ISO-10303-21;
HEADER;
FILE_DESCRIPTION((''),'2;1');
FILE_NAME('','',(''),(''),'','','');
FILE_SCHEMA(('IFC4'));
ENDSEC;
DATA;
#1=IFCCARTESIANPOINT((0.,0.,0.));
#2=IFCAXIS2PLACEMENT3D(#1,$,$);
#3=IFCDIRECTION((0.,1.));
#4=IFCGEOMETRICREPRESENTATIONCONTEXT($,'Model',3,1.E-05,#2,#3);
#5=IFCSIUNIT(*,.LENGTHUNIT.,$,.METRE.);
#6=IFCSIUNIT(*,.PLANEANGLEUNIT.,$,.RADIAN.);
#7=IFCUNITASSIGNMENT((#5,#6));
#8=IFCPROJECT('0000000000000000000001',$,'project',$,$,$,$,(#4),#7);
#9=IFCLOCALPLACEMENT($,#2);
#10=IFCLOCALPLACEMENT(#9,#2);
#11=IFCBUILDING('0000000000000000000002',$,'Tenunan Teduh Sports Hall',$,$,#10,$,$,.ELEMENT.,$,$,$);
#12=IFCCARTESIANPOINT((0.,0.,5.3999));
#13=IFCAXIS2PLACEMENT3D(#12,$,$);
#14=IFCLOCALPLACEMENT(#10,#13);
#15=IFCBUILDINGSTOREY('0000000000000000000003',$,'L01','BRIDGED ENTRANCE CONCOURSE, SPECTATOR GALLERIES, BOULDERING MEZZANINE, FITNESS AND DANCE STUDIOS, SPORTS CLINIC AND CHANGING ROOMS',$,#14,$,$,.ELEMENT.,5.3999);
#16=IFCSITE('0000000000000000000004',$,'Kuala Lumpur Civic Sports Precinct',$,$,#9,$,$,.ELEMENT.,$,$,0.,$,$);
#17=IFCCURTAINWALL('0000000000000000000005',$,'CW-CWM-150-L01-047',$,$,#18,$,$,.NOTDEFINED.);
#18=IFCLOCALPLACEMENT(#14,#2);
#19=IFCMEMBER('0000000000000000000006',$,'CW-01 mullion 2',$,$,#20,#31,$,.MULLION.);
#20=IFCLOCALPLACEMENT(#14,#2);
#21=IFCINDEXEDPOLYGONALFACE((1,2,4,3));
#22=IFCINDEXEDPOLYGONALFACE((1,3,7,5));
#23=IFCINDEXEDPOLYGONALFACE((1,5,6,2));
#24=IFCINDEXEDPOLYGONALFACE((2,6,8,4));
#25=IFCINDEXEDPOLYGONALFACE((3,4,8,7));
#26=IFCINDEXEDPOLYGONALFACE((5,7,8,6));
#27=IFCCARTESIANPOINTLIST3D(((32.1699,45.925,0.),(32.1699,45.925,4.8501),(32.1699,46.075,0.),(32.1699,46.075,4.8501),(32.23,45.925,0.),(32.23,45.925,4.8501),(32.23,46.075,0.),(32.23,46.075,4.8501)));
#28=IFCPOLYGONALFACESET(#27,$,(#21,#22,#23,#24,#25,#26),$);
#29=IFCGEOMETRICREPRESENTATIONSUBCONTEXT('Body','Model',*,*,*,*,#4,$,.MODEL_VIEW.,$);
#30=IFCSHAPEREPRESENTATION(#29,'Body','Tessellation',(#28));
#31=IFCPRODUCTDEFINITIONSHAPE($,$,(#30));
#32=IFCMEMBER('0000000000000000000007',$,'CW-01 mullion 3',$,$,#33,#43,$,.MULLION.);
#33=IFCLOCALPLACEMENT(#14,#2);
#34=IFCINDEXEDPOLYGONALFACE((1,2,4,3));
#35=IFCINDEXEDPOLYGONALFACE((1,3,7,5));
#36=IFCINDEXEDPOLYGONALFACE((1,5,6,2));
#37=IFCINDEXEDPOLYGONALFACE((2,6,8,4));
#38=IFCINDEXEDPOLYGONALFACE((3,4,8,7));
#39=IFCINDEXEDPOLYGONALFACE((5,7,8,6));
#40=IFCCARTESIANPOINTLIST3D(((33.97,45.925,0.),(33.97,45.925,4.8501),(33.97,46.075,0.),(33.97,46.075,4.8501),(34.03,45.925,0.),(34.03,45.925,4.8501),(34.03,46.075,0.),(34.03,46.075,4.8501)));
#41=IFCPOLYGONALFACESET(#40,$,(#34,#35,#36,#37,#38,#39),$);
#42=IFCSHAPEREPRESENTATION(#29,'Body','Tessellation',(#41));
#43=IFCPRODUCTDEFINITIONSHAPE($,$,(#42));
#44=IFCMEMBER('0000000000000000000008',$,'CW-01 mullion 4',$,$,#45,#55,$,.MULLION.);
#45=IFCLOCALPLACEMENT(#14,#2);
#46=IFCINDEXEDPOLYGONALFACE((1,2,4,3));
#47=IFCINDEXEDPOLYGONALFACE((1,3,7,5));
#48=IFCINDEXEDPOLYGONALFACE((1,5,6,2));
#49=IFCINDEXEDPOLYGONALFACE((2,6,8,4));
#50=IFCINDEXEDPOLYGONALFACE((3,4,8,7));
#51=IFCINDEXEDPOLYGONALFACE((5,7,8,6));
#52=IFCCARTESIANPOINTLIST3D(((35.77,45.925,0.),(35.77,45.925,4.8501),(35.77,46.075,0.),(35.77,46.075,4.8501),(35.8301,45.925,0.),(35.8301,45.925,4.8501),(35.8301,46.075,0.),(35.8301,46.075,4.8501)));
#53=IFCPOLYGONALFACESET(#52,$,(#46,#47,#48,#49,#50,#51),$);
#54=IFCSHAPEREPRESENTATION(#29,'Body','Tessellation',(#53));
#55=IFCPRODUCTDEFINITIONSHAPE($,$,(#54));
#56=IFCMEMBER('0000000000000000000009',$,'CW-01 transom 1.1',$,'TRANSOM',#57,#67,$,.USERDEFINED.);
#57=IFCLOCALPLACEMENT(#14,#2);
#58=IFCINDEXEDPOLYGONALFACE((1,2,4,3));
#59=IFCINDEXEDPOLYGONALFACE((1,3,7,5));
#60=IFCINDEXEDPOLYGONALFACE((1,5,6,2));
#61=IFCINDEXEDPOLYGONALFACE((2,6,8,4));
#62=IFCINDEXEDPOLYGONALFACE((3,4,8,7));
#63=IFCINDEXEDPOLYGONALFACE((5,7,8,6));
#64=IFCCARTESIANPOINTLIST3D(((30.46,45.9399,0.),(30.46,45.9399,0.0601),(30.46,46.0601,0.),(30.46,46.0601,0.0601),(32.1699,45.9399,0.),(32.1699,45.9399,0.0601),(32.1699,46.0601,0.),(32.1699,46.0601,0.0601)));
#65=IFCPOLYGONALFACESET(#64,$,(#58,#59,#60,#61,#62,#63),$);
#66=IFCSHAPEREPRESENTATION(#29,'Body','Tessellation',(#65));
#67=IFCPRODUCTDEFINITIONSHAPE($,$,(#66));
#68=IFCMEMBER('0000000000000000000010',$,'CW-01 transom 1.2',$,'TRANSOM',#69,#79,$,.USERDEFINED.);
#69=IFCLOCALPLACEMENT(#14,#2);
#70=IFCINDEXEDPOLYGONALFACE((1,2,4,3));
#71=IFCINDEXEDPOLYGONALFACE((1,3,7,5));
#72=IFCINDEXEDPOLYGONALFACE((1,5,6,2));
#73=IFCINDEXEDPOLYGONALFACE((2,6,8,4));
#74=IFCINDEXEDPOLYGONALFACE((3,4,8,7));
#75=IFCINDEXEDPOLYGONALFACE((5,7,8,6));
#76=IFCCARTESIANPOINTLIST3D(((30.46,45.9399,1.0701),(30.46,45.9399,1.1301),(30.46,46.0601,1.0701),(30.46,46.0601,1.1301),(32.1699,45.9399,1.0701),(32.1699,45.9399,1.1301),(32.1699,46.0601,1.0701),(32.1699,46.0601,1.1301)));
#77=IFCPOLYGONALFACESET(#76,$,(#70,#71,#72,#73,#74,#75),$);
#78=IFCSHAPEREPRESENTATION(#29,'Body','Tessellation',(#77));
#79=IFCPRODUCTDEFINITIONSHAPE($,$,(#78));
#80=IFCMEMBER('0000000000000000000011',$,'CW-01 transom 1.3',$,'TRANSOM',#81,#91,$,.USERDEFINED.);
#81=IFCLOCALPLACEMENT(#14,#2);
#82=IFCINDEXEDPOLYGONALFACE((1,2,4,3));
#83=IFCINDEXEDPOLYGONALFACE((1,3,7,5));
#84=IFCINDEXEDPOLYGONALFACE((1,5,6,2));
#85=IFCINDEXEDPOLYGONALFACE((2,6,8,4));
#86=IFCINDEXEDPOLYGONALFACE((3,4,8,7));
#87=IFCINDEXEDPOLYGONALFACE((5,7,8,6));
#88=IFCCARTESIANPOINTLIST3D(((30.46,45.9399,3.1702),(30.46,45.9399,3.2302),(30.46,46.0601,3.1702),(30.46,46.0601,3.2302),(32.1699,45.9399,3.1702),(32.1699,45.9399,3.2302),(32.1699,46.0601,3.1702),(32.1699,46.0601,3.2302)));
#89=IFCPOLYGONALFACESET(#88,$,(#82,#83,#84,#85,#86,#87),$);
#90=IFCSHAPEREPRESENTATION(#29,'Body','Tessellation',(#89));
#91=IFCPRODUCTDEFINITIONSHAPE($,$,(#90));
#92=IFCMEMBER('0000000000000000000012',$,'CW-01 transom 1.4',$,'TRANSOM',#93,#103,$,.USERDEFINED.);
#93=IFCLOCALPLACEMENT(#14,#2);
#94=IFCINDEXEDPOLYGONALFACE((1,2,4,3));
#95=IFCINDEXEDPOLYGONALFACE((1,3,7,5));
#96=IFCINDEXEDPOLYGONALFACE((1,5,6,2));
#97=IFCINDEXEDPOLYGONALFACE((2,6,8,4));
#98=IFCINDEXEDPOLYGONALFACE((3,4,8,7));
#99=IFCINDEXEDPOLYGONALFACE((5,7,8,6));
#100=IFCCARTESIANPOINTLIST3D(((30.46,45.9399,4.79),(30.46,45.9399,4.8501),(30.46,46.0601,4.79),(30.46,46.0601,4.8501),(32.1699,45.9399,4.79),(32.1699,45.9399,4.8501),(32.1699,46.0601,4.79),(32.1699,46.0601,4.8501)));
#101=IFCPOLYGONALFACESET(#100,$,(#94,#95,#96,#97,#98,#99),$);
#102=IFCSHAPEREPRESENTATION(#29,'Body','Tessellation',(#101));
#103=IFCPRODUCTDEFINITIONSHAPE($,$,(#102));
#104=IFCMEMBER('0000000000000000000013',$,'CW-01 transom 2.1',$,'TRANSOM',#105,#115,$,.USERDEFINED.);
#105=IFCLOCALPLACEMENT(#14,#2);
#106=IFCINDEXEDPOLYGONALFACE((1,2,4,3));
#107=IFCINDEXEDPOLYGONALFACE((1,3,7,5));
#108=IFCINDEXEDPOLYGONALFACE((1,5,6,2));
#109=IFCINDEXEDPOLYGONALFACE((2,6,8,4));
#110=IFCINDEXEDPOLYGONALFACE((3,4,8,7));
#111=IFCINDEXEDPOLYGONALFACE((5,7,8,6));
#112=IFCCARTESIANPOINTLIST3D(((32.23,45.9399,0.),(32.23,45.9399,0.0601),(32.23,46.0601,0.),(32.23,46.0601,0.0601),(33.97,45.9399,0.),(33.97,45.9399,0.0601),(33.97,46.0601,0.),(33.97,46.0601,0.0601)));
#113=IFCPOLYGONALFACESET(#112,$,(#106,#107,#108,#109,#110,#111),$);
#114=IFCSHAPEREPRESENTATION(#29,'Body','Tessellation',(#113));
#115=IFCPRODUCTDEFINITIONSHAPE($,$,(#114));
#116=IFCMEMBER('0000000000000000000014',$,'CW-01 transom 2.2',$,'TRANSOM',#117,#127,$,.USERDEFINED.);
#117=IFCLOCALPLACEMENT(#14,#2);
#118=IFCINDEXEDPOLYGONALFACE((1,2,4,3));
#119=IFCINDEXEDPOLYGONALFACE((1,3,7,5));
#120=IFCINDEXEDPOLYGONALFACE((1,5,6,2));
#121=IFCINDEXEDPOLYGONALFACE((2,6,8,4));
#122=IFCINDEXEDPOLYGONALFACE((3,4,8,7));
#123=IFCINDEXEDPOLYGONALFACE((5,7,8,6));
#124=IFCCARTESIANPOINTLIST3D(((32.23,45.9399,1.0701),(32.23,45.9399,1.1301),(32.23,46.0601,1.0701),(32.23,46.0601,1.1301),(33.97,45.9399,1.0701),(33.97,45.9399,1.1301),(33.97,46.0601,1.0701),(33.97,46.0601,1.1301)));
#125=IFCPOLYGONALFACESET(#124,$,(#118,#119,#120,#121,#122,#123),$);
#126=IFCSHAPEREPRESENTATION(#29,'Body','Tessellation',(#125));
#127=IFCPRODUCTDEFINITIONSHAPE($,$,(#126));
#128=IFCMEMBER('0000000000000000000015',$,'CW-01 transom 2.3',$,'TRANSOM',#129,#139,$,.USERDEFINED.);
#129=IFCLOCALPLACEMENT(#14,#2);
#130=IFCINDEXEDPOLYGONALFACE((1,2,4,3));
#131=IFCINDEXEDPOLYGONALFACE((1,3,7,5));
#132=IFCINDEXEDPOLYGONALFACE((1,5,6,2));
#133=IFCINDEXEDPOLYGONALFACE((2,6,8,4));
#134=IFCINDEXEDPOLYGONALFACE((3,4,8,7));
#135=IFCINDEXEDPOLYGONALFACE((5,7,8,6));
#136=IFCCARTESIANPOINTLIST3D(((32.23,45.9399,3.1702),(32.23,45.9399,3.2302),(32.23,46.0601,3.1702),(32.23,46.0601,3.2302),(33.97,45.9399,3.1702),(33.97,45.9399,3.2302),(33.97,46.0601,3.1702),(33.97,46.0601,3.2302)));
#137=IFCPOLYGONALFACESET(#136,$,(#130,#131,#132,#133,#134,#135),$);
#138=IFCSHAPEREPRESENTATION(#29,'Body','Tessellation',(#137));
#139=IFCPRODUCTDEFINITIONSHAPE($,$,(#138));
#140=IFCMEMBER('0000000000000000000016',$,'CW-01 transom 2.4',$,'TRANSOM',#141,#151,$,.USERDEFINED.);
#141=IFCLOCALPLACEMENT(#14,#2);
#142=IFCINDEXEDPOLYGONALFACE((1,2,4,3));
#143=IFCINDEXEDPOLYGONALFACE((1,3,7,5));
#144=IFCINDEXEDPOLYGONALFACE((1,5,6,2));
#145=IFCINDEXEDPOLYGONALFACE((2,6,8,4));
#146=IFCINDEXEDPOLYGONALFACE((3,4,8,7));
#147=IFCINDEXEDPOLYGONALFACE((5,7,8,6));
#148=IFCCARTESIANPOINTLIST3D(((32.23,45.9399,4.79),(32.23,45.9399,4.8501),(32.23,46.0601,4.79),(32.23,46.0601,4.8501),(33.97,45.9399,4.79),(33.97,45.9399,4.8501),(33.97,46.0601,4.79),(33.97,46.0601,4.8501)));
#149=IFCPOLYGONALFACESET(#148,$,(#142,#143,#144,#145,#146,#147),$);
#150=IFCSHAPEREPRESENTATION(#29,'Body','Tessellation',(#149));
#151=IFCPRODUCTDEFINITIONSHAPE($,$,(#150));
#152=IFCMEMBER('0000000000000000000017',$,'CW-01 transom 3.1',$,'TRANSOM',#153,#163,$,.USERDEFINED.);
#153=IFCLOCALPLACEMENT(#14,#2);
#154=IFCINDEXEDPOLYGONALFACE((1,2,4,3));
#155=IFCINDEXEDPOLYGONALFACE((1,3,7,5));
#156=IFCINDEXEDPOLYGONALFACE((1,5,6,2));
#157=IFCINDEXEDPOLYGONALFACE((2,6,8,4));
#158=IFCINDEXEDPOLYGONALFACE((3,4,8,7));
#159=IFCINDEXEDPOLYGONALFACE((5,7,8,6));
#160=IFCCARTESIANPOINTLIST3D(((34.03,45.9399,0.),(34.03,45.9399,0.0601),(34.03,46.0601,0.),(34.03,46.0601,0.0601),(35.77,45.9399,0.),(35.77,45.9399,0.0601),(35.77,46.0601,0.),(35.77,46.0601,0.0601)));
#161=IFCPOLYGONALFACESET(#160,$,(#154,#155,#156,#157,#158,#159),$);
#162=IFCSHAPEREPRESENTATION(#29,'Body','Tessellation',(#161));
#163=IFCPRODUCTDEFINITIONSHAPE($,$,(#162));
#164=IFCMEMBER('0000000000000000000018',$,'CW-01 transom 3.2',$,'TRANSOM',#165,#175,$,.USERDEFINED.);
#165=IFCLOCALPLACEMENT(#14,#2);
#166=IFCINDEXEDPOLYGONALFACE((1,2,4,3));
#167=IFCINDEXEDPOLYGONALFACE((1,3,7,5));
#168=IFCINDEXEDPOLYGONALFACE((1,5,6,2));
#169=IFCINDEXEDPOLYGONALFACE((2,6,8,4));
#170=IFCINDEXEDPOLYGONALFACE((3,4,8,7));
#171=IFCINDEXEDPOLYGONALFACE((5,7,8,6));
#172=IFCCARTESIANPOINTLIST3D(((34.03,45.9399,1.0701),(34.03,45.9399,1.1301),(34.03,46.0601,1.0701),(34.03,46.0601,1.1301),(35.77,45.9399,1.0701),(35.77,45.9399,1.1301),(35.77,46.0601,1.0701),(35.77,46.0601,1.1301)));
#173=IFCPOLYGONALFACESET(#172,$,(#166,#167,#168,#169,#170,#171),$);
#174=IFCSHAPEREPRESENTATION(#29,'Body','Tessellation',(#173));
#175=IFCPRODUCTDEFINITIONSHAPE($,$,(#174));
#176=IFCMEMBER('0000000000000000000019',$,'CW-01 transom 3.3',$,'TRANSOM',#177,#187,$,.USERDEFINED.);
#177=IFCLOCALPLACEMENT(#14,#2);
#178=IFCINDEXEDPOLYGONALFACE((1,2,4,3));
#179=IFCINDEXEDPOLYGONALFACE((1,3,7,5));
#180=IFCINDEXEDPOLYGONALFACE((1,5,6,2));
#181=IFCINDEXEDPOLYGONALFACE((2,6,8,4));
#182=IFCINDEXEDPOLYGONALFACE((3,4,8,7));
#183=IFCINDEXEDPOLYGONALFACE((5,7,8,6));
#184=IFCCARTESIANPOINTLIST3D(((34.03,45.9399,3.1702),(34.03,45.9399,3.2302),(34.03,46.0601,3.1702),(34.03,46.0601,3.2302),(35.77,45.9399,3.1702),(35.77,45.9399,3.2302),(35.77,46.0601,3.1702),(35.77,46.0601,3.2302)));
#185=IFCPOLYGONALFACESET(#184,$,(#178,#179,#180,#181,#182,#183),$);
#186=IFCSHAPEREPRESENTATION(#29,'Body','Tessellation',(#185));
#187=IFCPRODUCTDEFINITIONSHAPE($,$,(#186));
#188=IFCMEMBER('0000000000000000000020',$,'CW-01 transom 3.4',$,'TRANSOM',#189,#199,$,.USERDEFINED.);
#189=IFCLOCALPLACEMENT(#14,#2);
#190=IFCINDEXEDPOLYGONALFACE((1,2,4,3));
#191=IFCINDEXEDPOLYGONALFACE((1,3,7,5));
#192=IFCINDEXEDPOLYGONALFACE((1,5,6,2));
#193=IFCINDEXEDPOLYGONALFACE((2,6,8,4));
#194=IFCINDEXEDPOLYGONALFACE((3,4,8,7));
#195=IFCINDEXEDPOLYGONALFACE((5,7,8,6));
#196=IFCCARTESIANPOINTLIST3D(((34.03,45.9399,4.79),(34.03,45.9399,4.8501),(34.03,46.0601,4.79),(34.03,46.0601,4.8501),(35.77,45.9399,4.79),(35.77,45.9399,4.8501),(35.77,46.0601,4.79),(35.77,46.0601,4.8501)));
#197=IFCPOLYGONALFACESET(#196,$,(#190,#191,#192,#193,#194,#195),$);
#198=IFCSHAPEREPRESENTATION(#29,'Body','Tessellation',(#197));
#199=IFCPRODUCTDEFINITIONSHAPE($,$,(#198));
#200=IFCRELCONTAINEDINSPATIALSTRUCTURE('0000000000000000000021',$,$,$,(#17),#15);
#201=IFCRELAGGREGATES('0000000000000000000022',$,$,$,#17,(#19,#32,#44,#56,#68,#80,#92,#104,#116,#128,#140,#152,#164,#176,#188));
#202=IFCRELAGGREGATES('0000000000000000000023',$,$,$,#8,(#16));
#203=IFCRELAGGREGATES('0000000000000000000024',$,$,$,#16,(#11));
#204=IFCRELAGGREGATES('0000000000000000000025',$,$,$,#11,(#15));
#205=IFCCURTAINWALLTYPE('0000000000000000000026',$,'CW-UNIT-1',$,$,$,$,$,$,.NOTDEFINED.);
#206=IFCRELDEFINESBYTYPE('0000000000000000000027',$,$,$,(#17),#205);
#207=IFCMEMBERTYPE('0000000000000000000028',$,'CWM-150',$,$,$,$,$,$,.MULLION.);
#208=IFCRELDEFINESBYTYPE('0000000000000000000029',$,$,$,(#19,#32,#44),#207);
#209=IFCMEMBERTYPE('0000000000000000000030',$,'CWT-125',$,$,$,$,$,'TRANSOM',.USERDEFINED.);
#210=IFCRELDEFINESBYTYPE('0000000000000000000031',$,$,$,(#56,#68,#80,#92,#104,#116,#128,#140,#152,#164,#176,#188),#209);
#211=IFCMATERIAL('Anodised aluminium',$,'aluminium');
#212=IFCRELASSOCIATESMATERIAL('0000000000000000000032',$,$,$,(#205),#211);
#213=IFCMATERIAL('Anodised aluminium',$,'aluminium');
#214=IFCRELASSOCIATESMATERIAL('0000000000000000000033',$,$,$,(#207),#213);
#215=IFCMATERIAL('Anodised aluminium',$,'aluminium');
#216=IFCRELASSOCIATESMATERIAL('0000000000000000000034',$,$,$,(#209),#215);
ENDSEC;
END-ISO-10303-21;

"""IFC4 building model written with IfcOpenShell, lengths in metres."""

from ifc_helpers import new_model, si_unit, direction, frame, origin, origin_2d, place, context, subcontext, project, spatial, rectangle, extrude, material, material_profile, profile_set, type_object, element, aggregate, save


model = new_model("IFC4")

# Units and contexts
model_context = context("Model", 3, precision=1e-05, world=origin(), true_north=direction((0.0, 1.0)))
body_context = subcontext(model_context, "Body", "Model", "MODEL_VIEW")
ifc_project = project(units=[si_unit("LENGTHUNIT", "METRE"), si_unit("PLANEANGLEUNIT", "RADIAN")], contexts=[model_context])

# Site, building, storey
site_placement = place(None, origin())
site = spatial("IfcSite", under=ifc_project, at=site_placement, Name="Kuala Lumpur Civic Sports Precinct", CompositionType="ELEMENT", RefElevation=0.0)
building_placement = place(site_placement, origin())
building = spatial("IfcBuilding", under=site, at=building_placement, Name="Tenunan Teduh Sports Hall", CompositionType="ELEMENT")
storey_placement = place(building_placement, frame((0.0, 0.0, 5.3999)))
storey = spatial("IfcBuildingStorey", under=building, at=storey_placement, Name="L01", Description="BRIDGED ENTRANCE CONCOURSE, SPECTATOR GALLERIES, BOULDERING MEZZANINE, FITNESS AND DANCE STUDIOS, SPORTS CLINIC AND CHANGING ROOMS", CompositionType="ELEMENT", Elevation=5.3999)

# Curtain wall, members
ifc_material_1 = material(Name="Anodised aluminium", Category="aluminium")
curtain_wall_type = type_object("IfcCurtainWallType", Name="CW-UNIT-1", PredefinedType="NOTDEFINED", material=ifc_material_1)
curtain_wall_placement = place(storey_placement, origin())
curtain_wall = element("IfcCurtainWall", 1, at=curtain_wall_placement, inside=storey, type_object=curtain_wall_type, Name="CW-CWM-150-L01-047", PredefinedType="NOTDEFINED")
ifc_material_2 = material(Name="Anodised aluminium", Category="aluminium")
ifc_material_profile_1 = material_profile(ifc_material_2, rectangle(XDim=0.0601, YDim=0.1499, at=origin_2d()), Name="CWM 60x150")
ifc_profile_set_1 = profile_set([ifc_material_profile_1], Name="Anodised aluminium")
member_type_1 = type_object("IfcMemberType", Name="CWM-150", PredefinedType="MULLION", material=ifc_profile_set_1)
member_1_placement = place(storey_placement, frame((32.2, 46.0, 0.0), z_axis=(0.0, 0.0, 1.0), x_axis=(1.0, 0.0, 0.0)))
member_1 = element("IfcMember", 2, at=member_1_placement, type_object=member_type_1, Name="CW-01 mullion 2", PredefinedType="MULLION", context=body_context, shape_type="SweptSolid", body=[
    extrude(rectangle(XDim=0.0601, YDim=0.1499, at=origin_2d()), origin(), (0.0, 0.0, 1.0), 4.8501),
])
member_2_placement = place(storey_placement, frame((34.0, 46.0, 0.0), z_axis=(0.0, 0.0, 1.0), x_axis=(1.0, 0.0, 0.0)))
member_2 = element("IfcMember", 3, at=member_2_placement, type_object=member_type_1, Name="CW-01 mullion 3", PredefinedType="MULLION", context=body_context, shape_type="SweptSolid", body=[
    extrude(rectangle(XDim=0.0601, YDim=0.1499, at=origin_2d()), origin(), (0.0, 0.0, 1.0), 4.8501),
])
member_3_placement = place(storey_placement, frame((35.8, 46.0, 0.0), z_axis=(0.0, 0.0, 1.0), x_axis=(1.0, 0.0, 0.0)))
member_3 = element("IfcMember", 4, at=member_3_placement, type_object=member_type_1, Name="CW-01 mullion 4", PredefinedType="MULLION", context=body_context, shape_type="SweptSolid", body=[
    extrude(rectangle(XDim=0.0601, YDim=0.1499, at=origin_2d()), origin(), (0.0, 0.0, 1.0), 4.8501),
])
ifc_material_3 = material(Name="Anodised aluminium", Category="aluminium")
ifc_material_profile_2 = material_profile(ifc_material_3, rectangle(XDim=0.0601, YDim=0.1201, at=origin_2d()), Name="CWT 60x120")
ifc_profile_set_2 = profile_set([ifc_material_profile_2], Name="Anodised aluminium")
member_type_2 = type_object("IfcMemberType", Name="CWT-125", ElementType="TRANSOM", PredefinedType="USERDEFINED", material=ifc_profile_set_2)
member_4_placement = place(storey_placement, frame((30.46, 46.0, 0.03), z_axis=(1.0, 0.0, 0.0), x_axis=(0.0, 0.0, 1.0)))
member_4 = element("IfcMember", 5, at=member_4_placement, type_object=member_type_2, Name="CW-01 transom 1.1", ObjectType="TRANSOM", PredefinedType="USERDEFINED", context=body_context, shape_type="SweptSolid", body=[
    extrude(rectangle(XDim=0.0601, YDim=0.1201, at=origin_2d()), origin(), (0.0, 0.0, 1.0), 1.71),
])
member_5_placement = place(storey_placement, frame((30.46, 46.0, 1.1001), z_axis=(1.0, 0.0, 0.0), x_axis=(0.0, 0.0, 1.0)))
member_5 = element("IfcMember", 6, at=member_5_placement, type_object=member_type_2, Name="CW-01 transom 1.2", ObjectType="TRANSOM", PredefinedType="USERDEFINED", context=body_context, shape_type="SweptSolid", body=[
    extrude(rectangle(XDim=0.0601, YDim=0.1201, at=origin_2d()), origin(), (0.0, 0.0, 1.0), 1.71),
])
member_6_placement = place(storey_placement, frame((30.46, 46.0, 3.2002), z_axis=(1.0, 0.0, 0.0), x_axis=(0.0, 0.0, 1.0)))
member_6 = element("IfcMember", 7, at=member_6_placement, type_object=member_type_2, Name="CW-01 transom 1.3", ObjectType="TRANSOM", PredefinedType="USERDEFINED", context=body_context, shape_type="SweptSolid", body=[
    extrude(rectangle(XDim=0.0601, YDim=0.1201, at=origin_2d()), origin(), (0.0, 0.0, 1.0), 1.71),
])
member_7_placement = place(storey_placement, frame((30.46, 46.0, 4.8201), z_axis=(1.0, 0.0, 0.0), x_axis=(0.0, 0.0, 1.0)))
member_7 = element("IfcMember", 8, at=member_7_placement, type_object=member_type_2, Name="CW-01 transom 1.4", ObjectType="TRANSOM", PredefinedType="USERDEFINED", context=body_context, shape_type="SweptSolid", body=[
    extrude(rectangle(XDim=0.0601, YDim=0.1201, at=origin_2d()), origin(), (0.0, 0.0, 1.0), 1.71),
])
member_8_placement = place(storey_placement, frame((32.23, 46.0, 0.03), z_axis=(1.0, 0.0, 0.0), x_axis=(0.0, 0.0, 1.0)))
member_8 = element("IfcMember", 9, at=member_8_placement, type_object=member_type_2, Name="CW-01 transom 2.1", ObjectType="TRANSOM", PredefinedType="USERDEFINED", context=body_context, shape_type="SweptSolid", body=[
    extrude(rectangle(XDim=0.0601, YDim=0.1201, at=origin_2d()), origin(), (0.0, 0.0, 1.0), 1.74),
])
member_9_placement = place(storey_placement, frame((32.23, 46.0, 1.1001), z_axis=(1.0, 0.0, 0.0), x_axis=(0.0, 0.0, 1.0)))
member_9 = element("IfcMember", 10, at=member_9_placement, type_object=member_type_2, Name="CW-01 transom 2.2", ObjectType="TRANSOM", PredefinedType="USERDEFINED", context=body_context, shape_type="SweptSolid", body=[
    extrude(rectangle(XDim=0.0601, YDim=0.1201, at=origin_2d()), origin(), (0.0, 0.0, 1.0), 1.74),
])
member_10_placement = place(storey_placement, frame((32.23, 46.0, 3.2002), z_axis=(1.0, 0.0, 0.0), x_axis=(0.0, 0.0, 1.0)))
member_10 = element("IfcMember", 11, at=member_10_placement, type_object=member_type_2, Name="CW-01 transom 2.3", ObjectType="TRANSOM", PredefinedType="USERDEFINED", context=body_context, shape_type="SweptSolid", body=[
    extrude(rectangle(XDim=0.0601, YDim=0.1201, at=origin_2d()), origin(), (0.0, 0.0, 1.0), 1.74),
])
member_11_placement = place(storey_placement, frame((32.23, 46.0, 4.8201), z_axis=(1.0, 0.0, 0.0), x_axis=(0.0, 0.0, 1.0)))
member_11 = element("IfcMember", 12, at=member_11_placement, type_object=member_type_2, Name="CW-01 transom 2.4", ObjectType="TRANSOM", PredefinedType="USERDEFINED", context=body_context, shape_type="SweptSolid", body=[
    extrude(rectangle(XDim=0.0601, YDim=0.1201, at=origin_2d()), origin(), (0.0, 0.0, 1.0), 1.74),
])
member_12_placement = place(storey_placement, frame((34.03, 46.0, 0.03), z_axis=(1.0, 0.0, 0.0), x_axis=(0.0, 0.0, 1.0)))
member_12 = element("IfcMember", 13, at=member_12_placement, type_object=member_type_2, Name="CW-01 transom 3.1", ObjectType="TRANSOM", PredefinedType="USERDEFINED", context=body_context, shape_type="SweptSolid", body=[
    extrude(rectangle(XDim=0.0601, YDim=0.1201, at=origin_2d()), origin(), (0.0, 0.0, 1.0), 1.74),
])
member_13_placement = place(storey_placement, frame((34.03, 46.0, 1.1001), z_axis=(1.0, 0.0, 0.0), x_axis=(0.0, 0.0, 1.0)))
member_13 = element("IfcMember", 14, at=member_13_placement, type_object=member_type_2, Name="CW-01 transom 3.2", ObjectType="TRANSOM", PredefinedType="USERDEFINED", context=body_context, shape_type="SweptSolid", body=[
    extrude(rectangle(XDim=0.0601, YDim=0.1201, at=origin_2d()), origin(), (0.0, 0.0, 1.0), 1.74),
])
member_14_placement = place(storey_placement, frame((34.03, 46.0, 3.2002), z_axis=(1.0, 0.0, 0.0), x_axis=(0.0, 0.0, 1.0)))
member_14 = element("IfcMember", 15, at=member_14_placement, type_object=member_type_2, Name="CW-01 transom 3.3", ObjectType="TRANSOM", PredefinedType="USERDEFINED", context=body_context, shape_type="SweptSolid", body=[
    extrude(rectangle(XDim=0.0601, YDim=0.1201, at=origin_2d()), origin(), (0.0, 0.0, 1.0), 1.74),
])
member_15_placement = place(storey_placement, frame((34.03, 46.0, 4.8201), z_axis=(1.0, 0.0, 0.0), x_axis=(0.0, 0.0, 1.0)))
member_15 = element("IfcMember", 16, at=member_15_placement, type_object=member_type_2, Name="CW-01 transom 3.4", ObjectType="TRANSOM", PredefinedType="USERDEFINED", context=body_context, shape_type="SweptSolid", body=[
    extrude(rectangle(XDim=0.0601, YDim=0.1201, at=origin_2d()), origin(), (0.0, 0.0, 1.0), 1.74),
])

aggregate(curtain_wall, [member_1, member_2, member_3, member_4, member_5, member_6, member_7, member_8, member_9, member_10, member_11, member_12, member_13, member_14, member_15])

save(model, "model.ifc")
